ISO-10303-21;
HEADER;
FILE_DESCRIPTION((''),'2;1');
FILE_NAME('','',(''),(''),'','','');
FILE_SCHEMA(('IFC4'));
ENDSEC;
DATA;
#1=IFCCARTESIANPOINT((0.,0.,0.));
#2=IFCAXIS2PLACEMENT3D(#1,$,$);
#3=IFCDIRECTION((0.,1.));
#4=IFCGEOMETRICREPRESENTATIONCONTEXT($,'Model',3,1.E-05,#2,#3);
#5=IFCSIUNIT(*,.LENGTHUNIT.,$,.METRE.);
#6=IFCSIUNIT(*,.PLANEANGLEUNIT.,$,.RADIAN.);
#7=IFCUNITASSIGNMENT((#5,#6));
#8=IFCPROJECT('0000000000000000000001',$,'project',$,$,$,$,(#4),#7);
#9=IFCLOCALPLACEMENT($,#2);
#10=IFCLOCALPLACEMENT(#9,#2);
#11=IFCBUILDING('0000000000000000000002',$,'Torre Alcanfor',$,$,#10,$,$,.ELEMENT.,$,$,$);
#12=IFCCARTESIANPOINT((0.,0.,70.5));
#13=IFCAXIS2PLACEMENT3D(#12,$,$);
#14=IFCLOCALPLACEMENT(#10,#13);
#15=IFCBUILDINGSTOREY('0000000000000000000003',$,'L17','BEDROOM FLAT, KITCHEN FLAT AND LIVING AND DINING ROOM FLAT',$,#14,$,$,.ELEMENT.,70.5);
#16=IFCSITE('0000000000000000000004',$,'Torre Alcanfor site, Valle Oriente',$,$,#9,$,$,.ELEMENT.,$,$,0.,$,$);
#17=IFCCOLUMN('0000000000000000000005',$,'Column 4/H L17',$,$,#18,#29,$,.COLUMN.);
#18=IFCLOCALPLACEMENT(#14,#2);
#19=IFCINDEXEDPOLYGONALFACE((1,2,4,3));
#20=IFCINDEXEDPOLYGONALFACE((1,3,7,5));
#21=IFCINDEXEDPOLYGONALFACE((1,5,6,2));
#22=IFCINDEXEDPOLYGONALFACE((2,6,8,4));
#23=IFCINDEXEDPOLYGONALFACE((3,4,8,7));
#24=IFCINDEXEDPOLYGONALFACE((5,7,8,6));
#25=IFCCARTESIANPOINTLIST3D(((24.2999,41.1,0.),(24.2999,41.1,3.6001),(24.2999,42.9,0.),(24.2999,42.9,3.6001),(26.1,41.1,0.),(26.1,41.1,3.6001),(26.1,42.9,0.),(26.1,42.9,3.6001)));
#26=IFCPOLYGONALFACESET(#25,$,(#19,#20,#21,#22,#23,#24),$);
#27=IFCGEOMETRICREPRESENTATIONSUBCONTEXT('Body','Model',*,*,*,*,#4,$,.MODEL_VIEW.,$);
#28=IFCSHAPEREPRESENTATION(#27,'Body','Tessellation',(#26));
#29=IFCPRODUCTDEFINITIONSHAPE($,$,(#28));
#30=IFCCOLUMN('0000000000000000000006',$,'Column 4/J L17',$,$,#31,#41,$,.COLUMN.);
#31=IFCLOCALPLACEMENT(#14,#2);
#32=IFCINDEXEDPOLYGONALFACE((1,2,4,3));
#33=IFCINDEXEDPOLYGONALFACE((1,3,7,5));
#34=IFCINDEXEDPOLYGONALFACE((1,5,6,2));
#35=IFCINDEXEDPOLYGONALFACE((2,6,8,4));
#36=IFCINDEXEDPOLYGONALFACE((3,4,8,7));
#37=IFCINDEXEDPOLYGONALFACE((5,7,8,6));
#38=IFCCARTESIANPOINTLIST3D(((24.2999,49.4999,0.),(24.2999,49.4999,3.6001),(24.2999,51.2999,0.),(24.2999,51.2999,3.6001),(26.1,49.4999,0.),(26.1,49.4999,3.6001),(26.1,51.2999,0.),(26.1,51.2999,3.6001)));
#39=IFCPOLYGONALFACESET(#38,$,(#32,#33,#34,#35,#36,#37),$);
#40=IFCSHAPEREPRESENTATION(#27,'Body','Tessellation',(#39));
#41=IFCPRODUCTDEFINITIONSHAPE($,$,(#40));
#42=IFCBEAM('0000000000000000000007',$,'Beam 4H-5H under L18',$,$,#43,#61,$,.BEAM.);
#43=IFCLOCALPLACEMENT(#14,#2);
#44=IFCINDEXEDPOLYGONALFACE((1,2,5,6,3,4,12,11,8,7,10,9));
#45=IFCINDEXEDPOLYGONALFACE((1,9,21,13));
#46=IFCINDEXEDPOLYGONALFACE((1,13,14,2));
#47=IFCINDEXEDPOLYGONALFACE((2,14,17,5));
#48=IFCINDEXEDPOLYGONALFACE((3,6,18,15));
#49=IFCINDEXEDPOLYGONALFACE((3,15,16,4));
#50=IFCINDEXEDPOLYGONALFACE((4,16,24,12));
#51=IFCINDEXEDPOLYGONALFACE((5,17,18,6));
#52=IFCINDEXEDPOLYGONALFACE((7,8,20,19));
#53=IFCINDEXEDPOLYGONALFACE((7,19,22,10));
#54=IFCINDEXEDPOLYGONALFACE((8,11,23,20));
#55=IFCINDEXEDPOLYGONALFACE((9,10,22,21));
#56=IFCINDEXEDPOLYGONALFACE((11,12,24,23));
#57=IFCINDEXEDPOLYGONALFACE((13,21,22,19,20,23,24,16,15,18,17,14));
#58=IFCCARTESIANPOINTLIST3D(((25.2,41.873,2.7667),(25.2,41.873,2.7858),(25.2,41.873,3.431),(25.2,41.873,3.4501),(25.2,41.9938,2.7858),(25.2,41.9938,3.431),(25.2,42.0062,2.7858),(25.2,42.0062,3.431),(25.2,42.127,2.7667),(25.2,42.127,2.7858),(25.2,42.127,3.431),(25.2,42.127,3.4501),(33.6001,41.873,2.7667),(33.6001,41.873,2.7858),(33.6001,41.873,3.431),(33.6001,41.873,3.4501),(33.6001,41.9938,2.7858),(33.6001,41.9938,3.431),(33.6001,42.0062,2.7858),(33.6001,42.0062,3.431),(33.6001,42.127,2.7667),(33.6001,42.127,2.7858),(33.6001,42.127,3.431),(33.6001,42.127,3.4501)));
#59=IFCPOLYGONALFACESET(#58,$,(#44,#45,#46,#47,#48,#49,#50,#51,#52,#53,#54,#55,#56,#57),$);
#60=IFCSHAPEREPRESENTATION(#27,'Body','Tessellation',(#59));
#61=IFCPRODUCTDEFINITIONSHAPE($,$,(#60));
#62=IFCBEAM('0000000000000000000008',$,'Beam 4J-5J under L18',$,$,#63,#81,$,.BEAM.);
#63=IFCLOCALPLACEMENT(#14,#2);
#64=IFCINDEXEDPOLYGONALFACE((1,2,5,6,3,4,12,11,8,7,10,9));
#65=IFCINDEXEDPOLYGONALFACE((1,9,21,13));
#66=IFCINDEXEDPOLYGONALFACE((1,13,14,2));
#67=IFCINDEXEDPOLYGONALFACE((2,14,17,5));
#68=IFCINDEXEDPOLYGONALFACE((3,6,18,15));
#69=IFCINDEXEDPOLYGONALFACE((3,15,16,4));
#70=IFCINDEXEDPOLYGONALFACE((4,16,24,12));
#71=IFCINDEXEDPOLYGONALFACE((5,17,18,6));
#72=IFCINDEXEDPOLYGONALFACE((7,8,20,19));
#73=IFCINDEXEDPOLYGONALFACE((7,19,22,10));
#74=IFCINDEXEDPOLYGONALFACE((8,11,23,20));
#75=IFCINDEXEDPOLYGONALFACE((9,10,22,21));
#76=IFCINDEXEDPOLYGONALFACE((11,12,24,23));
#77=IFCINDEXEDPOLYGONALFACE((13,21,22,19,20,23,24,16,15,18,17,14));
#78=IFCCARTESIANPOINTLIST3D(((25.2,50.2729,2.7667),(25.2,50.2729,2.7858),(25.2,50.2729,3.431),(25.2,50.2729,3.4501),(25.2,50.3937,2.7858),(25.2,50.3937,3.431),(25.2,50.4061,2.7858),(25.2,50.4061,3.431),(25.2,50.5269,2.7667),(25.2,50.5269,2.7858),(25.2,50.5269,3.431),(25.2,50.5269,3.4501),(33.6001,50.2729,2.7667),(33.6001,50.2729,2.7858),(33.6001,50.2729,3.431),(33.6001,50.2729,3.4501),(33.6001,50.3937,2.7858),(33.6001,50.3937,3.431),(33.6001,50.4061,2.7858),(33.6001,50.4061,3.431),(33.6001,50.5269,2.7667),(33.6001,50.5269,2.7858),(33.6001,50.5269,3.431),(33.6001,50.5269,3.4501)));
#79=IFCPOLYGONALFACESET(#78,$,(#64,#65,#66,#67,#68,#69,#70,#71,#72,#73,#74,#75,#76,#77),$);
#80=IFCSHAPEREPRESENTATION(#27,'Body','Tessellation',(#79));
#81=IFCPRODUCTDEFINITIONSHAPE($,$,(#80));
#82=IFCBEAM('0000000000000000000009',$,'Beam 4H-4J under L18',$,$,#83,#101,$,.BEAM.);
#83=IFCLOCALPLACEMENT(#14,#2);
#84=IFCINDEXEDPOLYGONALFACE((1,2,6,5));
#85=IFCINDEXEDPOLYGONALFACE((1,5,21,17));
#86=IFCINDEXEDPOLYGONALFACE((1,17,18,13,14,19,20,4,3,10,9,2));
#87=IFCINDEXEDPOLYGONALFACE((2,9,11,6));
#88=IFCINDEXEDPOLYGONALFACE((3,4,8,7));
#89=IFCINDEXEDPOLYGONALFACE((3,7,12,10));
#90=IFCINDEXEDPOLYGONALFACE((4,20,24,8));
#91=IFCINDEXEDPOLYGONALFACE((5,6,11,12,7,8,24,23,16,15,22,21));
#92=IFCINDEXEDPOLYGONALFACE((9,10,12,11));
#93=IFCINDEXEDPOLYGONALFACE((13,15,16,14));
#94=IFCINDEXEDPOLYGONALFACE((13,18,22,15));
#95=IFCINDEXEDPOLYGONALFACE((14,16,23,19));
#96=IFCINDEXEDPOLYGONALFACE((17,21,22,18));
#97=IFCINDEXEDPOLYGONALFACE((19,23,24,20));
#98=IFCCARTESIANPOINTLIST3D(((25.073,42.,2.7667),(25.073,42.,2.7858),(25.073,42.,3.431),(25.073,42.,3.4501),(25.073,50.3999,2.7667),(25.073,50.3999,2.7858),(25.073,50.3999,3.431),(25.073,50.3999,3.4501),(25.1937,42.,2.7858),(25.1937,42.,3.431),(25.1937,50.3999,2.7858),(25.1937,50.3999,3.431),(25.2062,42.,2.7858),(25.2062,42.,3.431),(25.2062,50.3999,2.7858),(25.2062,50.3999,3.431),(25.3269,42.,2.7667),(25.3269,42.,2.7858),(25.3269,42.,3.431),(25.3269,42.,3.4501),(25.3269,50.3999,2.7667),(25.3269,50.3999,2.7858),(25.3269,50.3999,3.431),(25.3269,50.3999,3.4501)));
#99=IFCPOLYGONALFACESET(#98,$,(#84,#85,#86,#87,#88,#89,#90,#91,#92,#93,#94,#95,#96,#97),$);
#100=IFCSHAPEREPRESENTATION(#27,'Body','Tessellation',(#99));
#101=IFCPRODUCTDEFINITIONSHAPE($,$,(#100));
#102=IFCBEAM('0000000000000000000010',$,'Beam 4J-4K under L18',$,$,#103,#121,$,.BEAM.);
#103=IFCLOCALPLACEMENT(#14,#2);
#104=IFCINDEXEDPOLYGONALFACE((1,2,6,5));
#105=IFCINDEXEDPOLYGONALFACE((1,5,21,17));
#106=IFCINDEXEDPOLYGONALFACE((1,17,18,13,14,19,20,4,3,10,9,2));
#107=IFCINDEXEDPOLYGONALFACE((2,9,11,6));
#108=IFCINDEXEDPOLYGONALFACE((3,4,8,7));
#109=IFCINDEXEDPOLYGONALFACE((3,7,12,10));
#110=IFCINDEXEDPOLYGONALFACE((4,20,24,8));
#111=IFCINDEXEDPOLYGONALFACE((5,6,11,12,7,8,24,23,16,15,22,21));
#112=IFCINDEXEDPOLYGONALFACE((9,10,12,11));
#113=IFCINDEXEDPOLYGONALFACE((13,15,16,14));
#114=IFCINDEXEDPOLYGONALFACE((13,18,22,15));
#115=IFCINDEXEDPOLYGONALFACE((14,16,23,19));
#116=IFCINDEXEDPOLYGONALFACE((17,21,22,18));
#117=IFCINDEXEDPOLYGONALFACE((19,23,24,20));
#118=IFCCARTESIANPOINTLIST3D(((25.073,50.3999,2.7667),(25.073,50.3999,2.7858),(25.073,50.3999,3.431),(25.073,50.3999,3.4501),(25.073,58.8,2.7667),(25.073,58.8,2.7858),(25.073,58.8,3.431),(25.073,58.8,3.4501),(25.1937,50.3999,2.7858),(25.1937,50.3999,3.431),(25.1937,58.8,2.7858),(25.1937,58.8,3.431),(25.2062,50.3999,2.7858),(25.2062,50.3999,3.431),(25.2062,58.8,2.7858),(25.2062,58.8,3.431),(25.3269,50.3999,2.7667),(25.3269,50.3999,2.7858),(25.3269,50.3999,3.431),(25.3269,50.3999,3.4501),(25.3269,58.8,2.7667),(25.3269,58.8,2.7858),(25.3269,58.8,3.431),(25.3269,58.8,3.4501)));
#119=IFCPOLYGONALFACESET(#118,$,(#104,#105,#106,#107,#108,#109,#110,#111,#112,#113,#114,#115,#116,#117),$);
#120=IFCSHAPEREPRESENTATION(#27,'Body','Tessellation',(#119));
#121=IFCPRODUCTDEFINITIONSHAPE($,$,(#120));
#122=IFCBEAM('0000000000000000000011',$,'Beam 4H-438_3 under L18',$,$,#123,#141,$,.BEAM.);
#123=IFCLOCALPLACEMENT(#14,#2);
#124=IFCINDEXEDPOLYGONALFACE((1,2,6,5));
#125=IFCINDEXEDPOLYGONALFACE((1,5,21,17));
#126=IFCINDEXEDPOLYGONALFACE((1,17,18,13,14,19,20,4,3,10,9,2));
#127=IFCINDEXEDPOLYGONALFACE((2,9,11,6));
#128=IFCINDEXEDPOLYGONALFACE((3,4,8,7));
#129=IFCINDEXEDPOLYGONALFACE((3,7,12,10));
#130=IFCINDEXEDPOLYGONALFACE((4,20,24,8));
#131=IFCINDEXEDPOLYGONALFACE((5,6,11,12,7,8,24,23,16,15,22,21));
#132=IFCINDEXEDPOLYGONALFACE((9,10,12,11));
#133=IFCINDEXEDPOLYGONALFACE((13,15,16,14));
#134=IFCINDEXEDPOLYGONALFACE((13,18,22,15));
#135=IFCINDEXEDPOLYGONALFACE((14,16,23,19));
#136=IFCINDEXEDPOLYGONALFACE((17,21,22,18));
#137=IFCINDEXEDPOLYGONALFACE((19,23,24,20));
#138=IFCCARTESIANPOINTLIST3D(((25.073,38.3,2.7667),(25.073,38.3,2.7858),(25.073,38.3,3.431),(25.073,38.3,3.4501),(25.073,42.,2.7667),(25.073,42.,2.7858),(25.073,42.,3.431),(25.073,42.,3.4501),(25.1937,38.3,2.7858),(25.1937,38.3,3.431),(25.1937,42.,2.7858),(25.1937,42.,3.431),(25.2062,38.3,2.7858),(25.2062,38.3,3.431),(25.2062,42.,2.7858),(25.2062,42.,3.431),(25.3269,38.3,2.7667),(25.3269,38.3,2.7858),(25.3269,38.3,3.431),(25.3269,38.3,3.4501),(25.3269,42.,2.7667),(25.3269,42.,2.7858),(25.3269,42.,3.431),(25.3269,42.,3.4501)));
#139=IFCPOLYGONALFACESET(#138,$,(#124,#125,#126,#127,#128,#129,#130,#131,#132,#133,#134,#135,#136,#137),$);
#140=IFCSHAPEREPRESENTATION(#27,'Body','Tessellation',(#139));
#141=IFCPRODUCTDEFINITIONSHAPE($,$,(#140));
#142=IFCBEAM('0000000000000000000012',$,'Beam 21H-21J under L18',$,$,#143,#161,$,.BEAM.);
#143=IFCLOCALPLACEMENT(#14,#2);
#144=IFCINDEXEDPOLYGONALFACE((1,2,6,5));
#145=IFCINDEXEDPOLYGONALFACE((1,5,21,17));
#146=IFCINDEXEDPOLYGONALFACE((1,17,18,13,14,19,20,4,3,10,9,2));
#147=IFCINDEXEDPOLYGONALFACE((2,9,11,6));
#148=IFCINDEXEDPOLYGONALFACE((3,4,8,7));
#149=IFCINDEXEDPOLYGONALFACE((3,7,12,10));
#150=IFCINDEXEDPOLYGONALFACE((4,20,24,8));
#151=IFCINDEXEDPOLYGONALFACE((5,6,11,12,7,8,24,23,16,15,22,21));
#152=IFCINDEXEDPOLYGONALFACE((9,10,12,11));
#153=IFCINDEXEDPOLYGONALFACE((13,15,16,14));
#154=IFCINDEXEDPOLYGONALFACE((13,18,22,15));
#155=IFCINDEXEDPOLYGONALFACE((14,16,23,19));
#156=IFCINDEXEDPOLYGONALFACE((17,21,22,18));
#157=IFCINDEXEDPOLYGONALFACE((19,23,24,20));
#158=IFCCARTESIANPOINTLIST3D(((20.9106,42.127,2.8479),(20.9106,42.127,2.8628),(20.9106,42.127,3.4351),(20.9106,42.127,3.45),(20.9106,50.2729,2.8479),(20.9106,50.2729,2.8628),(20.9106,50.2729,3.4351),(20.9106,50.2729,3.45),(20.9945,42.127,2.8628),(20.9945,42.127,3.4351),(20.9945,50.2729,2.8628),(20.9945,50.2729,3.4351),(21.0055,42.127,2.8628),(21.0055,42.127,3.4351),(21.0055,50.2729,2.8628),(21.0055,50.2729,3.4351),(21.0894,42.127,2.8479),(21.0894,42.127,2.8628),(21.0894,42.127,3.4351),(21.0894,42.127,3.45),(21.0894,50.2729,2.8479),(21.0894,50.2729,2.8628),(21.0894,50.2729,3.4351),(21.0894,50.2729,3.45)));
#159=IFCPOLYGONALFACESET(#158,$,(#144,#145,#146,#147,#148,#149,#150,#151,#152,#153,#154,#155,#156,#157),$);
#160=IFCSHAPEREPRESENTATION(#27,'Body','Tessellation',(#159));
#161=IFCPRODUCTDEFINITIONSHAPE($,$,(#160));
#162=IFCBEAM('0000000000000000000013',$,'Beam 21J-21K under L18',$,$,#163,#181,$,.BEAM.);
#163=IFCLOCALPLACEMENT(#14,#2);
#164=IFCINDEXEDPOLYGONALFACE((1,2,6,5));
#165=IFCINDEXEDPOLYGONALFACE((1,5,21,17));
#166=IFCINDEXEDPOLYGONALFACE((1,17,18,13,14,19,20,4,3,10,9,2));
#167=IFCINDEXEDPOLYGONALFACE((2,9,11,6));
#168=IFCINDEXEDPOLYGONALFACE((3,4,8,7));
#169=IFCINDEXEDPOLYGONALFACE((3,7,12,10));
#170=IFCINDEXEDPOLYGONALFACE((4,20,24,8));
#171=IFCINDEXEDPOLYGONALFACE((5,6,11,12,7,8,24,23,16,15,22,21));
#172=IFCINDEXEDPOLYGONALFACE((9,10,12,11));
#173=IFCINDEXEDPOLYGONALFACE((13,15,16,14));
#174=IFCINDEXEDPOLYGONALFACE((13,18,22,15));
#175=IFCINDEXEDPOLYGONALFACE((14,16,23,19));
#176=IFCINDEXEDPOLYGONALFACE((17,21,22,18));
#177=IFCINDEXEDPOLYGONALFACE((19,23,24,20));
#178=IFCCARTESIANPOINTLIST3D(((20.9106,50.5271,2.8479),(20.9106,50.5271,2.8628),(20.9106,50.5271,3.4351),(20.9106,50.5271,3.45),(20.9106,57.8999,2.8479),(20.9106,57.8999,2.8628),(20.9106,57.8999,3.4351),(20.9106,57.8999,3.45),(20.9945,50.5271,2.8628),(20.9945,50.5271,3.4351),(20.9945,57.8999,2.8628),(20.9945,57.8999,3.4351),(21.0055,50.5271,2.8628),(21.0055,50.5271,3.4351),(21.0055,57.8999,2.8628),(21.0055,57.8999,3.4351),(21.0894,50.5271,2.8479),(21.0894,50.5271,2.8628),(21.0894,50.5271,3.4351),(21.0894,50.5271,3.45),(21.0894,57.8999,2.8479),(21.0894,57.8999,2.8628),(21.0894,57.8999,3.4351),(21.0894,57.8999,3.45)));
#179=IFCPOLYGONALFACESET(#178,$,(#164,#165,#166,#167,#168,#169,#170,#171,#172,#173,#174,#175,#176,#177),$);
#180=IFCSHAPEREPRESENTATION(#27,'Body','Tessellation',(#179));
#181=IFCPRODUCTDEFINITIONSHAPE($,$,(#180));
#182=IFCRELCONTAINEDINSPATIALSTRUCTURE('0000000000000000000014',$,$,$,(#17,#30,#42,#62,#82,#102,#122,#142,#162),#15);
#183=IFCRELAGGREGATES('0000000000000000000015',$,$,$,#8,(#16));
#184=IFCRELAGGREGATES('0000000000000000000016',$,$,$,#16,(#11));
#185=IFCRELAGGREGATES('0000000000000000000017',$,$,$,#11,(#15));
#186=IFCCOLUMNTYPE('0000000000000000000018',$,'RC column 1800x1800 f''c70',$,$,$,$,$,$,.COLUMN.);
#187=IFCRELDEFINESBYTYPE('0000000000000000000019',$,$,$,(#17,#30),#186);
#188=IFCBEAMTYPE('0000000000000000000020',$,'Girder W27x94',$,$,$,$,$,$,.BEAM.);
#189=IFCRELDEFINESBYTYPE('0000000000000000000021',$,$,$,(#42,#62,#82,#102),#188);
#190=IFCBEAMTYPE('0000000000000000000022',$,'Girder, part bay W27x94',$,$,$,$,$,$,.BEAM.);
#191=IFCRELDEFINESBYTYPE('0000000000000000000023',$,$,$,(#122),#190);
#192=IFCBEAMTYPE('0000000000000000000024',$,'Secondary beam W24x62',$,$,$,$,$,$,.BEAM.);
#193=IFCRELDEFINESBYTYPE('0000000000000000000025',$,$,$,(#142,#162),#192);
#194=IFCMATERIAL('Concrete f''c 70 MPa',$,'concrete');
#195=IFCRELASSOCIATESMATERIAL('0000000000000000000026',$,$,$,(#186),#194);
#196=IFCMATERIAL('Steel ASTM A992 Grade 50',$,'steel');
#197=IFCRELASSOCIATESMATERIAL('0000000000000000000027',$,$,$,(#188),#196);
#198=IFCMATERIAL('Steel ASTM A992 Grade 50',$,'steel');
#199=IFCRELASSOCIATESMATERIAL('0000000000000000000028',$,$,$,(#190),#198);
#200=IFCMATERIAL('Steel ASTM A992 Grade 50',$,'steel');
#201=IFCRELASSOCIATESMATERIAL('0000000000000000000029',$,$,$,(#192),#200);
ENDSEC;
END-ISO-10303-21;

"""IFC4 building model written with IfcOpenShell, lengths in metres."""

from ifc_helpers import new_model, si_unit, direction, frame, origin, origin_2d, place, context, subcontext, project, spatial, rectangle, i_section, extrude, material, material_profile, profile_set, type_object, element, save


model = new_model("IFC4")

# Units and contexts
model_context = context("Model", 3, precision=1e-05, world=origin(), true_north=direction((0.0, 1.0)))
body_context = subcontext(model_context, "Body", "Model", "MODEL_VIEW")
ifc_project = project(units=[si_unit("LENGTHUNIT", "METRE"), si_unit("PLANEANGLEUNIT", "RADIAN")], contexts=[model_context])

# Site, building, storey
site_placement = place(None, origin())
site = spatial("IfcSite", under=ifc_project, at=site_placement, Name="Torre Alcanfor site, Valle Oriente", CompositionType="ELEMENT", RefElevation=0.0)
building_placement = place(site_placement, origin())
building = spatial("IfcBuilding", under=site, at=building_placement, Name="Torre Alcanfor", CompositionType="ELEMENT")
storey_placement = place(building_placement, frame((0.0, 0.0, 70.5)))
storey = spatial("IfcBuildingStorey", under=building, at=storey_placement, Name="L17", Description="BEDROOM FLAT, KITCHEN FLAT AND LIVING AND DINING ROOM FLAT", CompositionType="ELEMENT", Elevation=70.5)

# Columns
ifc_material_1 = material(Name="Concrete f'c 70 MPa", Category="concrete")
ifc_material_profile_1 = material_profile(ifc_material_1, rectangle(XDim=1.8, YDim=1.8, at=origin_2d()), Name="1800x1800")
ifc_profile_set_1 = profile_set([ifc_material_profile_1], Name="Concrete f'c 70 MPa")
column_type = type_object("IfcColumnType", Name="RC column 1800x1800 f'c70", PredefinedType="COLUMN", material=ifc_profile_set_1)
for number, where, z_axis, x_axis, name in (
    (1, (25.2, 42.0, 0.0), (0.0, 0.0, 1.0), (1.0, 0.0, 0.0), "Column 4/H L17"),
    (2, (25.2, 50.3999, 0.0), (0.0, 0.0, 1.0), (1.0, 0.0, 0.0), "Column 4/J L17"),
):
    element("IfcColumn", number, at=place(storey_placement, frame(where, z_axis=z_axis, x_axis=x_axis)), inside=storey, type_object=column_type, Name=name, PredefinedType="COLUMN", context=body_context, shape_type="SweptSolid", body=[
        extrude(rectangle(XDim=1.8, YDim=1.8, at=origin_2d()), origin(), (0.0, 0.0, 1.0), 3.6001),
    ])

# Beams
ifc_material_2 = material(Name="Steel ASTM A992 Grade 50", Category="steel")
ifc_material_profile_2 = material_profile(ifc_material_2, i_section(OverallWidth=0.2539, OverallDepth=0.6833, WebThickness=0.0125, FlangeThickness=0.019, at=origin_2d()), Name="W27x94")
ifc_profile_set_2 = profile_set([ifc_material_profile_2], Name="Steel ASTM A992 Grade 50")
beam_type_1 = type_object("IfcBeamType", Name="Girder W27x94", PredefinedType="BEAM", material=ifc_profile_set_2)
for number, where, z_axis, x_axis, name in (
    (3, (25.2, 42.0, 3.1084), (1.0, 0.0, 0.0), (0.0, 1.0, 0.0), "Beam 4H-5H under L18"),
    (4, (25.2, 50.3999, 3.1084), (1.0, 0.0, 0.0), (0.0, 1.0, 0.0), "Beam 4J-5J under L18"),
):
    element("IfcBeam", number, at=place(storey_placement, frame(where, z_axis=z_axis, x_axis=x_axis)), inside=storey, type_object=beam_type_1, Name=name, PredefinedType="BEAM", context=body_context, shape_type="SweptSolid", body=[
        extrude(i_section(OverallWidth=0.2539, OverallDepth=0.6833, WebThickness=0.0125, FlangeThickness=0.019, at=origin_2d()), origin(), (0.0, 0.0, 1.0), 8.4001),
    ])
beam_1_placement = place(storey_placement, frame((25.2, 42.0, 3.1084), z_axis=(0.0, 1.0, 0.0), x_axis=(-1.0, 0.0, 0.0)))
element("IfcBeam", 5, at=beam_1_placement, inside=storey, type_object=beam_type_1, Name="Beam 4H-4J under L18", PredefinedType="BEAM", context=body_context, shape_type="SweptSolid", body=[
    extrude(i_section(OverallWidth=0.2539, OverallDepth=0.6833, WebThickness=0.0125, FlangeThickness=0.019, at=origin_2d()), origin(), (0.0, 0.0, 1.0), 8.3999),
])
beam_2_placement = place(storey_placement, frame((25.2, 50.3999, 3.1084), z_axis=(0.0, 1.0, 0.0), x_axis=(-1.0, 0.0, 0.0)))
element("IfcBeam", 6, at=beam_2_placement, inside=storey, type_object=beam_type_1, Name="Beam 4J-4K under L18", PredefinedType="BEAM", context=body_context, shape_type="SweptSolid", body=[
    extrude(i_section(OverallWidth=0.2539, OverallDepth=0.6833, WebThickness=0.0125, FlangeThickness=0.019, at=origin_2d()), origin(), (0.0, 0.0, 1.0), 8.4001),
])
ifc_material_3 = material(Name="Steel ASTM A992 Grade 50", Category="steel")
ifc_material_profile_3 = material_profile(ifc_material_3, i_section(OverallWidth=0.2539, OverallDepth=0.6833, WebThickness=0.0125, FlangeThickness=0.019, at=origin_2d()), Name="W27x94")
ifc_profile_set_3 = profile_set([ifc_material_profile_3], Name="Steel ASTM A992 Grade 50")
beam_type_2 = type_object("IfcBeamType", Name="Girder, part bay W27x94", PredefinedType="BEAM", material=ifc_profile_set_3)
beam_3_placement = place(storey_placement, frame((25.2, 42.0, 3.1084), z_axis=(0.0, -1.0, 0.0), x_axis=(1.0, 0.0, 0.0)))
element("IfcBeam", 7, at=beam_3_placement, inside=storey, type_object=beam_type_2, Name="Beam 4H-438_3 under L18", PredefinedType="BEAM", context=body_context, shape_type="SweptSolid", body=[
    extrude(i_section(OverallWidth=0.2539, OverallDepth=0.6833, WebThickness=0.0125, FlangeThickness=0.019, at=origin_2d()), origin(), (0.0, 0.0, 1.0), 3.7),
])
ifc_material_4 = material(Name="Steel ASTM A992 Grade 50", Category="steel")
ifc_material_profile_4 = material_profile(ifc_material_4, i_section(OverallWidth=0.1787, OverallDepth=0.6021, WebThickness=0.011, FlangeThickness=0.0149, at=origin_2d()), Name="W24x62")
ifc_profile_set_4 = profile_set([ifc_material_profile_4], Name="Steel ASTM A992 Grade 50")
beam_type_3 = type_object("IfcBeamType", Name="Secondary beam W24x62", PredefinedType="BEAM", material=ifc_profile_set_4)
beam_4_placement = place(storey_placement, frame((21.0, 42.127, 3.1489), z_axis=(0.0, 1.0, 0.0), x_axis=(-1.0, 0.0, 0.0)))
element("IfcBeam", 8, at=beam_4_placement, inside=storey, type_object=beam_type_3, Name="Beam 21H-21J under L18", PredefinedType="BEAM", context=body_context, shape_type="SweptSolid", body=[
    extrude(i_section(OverallWidth=0.1787, OverallDepth=0.6021, WebThickness=0.011, FlangeThickness=0.0149, at=origin_2d()), origin(), (0.0, 0.0, 1.0), 8.146),
])
beam_5_placement = place(storey_placement, frame((21.0, 50.5271, 3.1489), z_axis=(0.0, 1.0, 0.0), x_axis=(-1.0, 0.0, 0.0)))
element("IfcBeam", 9, at=beam_5_placement, inside=storey, type_object=beam_type_3, Name="Beam 21J-21K under L18", PredefinedType="BEAM", context=body_context, shape_type="SweptSolid", body=[
    extrude(i_section(OverallWidth=0.1787, OverallDepth=0.6021, WebThickness=0.011, FlangeThickness=0.0149, at=origin_2d()), origin(), (0.0, 0.0, 1.0), 7.3728),
])

save(model, "model.ifc")
